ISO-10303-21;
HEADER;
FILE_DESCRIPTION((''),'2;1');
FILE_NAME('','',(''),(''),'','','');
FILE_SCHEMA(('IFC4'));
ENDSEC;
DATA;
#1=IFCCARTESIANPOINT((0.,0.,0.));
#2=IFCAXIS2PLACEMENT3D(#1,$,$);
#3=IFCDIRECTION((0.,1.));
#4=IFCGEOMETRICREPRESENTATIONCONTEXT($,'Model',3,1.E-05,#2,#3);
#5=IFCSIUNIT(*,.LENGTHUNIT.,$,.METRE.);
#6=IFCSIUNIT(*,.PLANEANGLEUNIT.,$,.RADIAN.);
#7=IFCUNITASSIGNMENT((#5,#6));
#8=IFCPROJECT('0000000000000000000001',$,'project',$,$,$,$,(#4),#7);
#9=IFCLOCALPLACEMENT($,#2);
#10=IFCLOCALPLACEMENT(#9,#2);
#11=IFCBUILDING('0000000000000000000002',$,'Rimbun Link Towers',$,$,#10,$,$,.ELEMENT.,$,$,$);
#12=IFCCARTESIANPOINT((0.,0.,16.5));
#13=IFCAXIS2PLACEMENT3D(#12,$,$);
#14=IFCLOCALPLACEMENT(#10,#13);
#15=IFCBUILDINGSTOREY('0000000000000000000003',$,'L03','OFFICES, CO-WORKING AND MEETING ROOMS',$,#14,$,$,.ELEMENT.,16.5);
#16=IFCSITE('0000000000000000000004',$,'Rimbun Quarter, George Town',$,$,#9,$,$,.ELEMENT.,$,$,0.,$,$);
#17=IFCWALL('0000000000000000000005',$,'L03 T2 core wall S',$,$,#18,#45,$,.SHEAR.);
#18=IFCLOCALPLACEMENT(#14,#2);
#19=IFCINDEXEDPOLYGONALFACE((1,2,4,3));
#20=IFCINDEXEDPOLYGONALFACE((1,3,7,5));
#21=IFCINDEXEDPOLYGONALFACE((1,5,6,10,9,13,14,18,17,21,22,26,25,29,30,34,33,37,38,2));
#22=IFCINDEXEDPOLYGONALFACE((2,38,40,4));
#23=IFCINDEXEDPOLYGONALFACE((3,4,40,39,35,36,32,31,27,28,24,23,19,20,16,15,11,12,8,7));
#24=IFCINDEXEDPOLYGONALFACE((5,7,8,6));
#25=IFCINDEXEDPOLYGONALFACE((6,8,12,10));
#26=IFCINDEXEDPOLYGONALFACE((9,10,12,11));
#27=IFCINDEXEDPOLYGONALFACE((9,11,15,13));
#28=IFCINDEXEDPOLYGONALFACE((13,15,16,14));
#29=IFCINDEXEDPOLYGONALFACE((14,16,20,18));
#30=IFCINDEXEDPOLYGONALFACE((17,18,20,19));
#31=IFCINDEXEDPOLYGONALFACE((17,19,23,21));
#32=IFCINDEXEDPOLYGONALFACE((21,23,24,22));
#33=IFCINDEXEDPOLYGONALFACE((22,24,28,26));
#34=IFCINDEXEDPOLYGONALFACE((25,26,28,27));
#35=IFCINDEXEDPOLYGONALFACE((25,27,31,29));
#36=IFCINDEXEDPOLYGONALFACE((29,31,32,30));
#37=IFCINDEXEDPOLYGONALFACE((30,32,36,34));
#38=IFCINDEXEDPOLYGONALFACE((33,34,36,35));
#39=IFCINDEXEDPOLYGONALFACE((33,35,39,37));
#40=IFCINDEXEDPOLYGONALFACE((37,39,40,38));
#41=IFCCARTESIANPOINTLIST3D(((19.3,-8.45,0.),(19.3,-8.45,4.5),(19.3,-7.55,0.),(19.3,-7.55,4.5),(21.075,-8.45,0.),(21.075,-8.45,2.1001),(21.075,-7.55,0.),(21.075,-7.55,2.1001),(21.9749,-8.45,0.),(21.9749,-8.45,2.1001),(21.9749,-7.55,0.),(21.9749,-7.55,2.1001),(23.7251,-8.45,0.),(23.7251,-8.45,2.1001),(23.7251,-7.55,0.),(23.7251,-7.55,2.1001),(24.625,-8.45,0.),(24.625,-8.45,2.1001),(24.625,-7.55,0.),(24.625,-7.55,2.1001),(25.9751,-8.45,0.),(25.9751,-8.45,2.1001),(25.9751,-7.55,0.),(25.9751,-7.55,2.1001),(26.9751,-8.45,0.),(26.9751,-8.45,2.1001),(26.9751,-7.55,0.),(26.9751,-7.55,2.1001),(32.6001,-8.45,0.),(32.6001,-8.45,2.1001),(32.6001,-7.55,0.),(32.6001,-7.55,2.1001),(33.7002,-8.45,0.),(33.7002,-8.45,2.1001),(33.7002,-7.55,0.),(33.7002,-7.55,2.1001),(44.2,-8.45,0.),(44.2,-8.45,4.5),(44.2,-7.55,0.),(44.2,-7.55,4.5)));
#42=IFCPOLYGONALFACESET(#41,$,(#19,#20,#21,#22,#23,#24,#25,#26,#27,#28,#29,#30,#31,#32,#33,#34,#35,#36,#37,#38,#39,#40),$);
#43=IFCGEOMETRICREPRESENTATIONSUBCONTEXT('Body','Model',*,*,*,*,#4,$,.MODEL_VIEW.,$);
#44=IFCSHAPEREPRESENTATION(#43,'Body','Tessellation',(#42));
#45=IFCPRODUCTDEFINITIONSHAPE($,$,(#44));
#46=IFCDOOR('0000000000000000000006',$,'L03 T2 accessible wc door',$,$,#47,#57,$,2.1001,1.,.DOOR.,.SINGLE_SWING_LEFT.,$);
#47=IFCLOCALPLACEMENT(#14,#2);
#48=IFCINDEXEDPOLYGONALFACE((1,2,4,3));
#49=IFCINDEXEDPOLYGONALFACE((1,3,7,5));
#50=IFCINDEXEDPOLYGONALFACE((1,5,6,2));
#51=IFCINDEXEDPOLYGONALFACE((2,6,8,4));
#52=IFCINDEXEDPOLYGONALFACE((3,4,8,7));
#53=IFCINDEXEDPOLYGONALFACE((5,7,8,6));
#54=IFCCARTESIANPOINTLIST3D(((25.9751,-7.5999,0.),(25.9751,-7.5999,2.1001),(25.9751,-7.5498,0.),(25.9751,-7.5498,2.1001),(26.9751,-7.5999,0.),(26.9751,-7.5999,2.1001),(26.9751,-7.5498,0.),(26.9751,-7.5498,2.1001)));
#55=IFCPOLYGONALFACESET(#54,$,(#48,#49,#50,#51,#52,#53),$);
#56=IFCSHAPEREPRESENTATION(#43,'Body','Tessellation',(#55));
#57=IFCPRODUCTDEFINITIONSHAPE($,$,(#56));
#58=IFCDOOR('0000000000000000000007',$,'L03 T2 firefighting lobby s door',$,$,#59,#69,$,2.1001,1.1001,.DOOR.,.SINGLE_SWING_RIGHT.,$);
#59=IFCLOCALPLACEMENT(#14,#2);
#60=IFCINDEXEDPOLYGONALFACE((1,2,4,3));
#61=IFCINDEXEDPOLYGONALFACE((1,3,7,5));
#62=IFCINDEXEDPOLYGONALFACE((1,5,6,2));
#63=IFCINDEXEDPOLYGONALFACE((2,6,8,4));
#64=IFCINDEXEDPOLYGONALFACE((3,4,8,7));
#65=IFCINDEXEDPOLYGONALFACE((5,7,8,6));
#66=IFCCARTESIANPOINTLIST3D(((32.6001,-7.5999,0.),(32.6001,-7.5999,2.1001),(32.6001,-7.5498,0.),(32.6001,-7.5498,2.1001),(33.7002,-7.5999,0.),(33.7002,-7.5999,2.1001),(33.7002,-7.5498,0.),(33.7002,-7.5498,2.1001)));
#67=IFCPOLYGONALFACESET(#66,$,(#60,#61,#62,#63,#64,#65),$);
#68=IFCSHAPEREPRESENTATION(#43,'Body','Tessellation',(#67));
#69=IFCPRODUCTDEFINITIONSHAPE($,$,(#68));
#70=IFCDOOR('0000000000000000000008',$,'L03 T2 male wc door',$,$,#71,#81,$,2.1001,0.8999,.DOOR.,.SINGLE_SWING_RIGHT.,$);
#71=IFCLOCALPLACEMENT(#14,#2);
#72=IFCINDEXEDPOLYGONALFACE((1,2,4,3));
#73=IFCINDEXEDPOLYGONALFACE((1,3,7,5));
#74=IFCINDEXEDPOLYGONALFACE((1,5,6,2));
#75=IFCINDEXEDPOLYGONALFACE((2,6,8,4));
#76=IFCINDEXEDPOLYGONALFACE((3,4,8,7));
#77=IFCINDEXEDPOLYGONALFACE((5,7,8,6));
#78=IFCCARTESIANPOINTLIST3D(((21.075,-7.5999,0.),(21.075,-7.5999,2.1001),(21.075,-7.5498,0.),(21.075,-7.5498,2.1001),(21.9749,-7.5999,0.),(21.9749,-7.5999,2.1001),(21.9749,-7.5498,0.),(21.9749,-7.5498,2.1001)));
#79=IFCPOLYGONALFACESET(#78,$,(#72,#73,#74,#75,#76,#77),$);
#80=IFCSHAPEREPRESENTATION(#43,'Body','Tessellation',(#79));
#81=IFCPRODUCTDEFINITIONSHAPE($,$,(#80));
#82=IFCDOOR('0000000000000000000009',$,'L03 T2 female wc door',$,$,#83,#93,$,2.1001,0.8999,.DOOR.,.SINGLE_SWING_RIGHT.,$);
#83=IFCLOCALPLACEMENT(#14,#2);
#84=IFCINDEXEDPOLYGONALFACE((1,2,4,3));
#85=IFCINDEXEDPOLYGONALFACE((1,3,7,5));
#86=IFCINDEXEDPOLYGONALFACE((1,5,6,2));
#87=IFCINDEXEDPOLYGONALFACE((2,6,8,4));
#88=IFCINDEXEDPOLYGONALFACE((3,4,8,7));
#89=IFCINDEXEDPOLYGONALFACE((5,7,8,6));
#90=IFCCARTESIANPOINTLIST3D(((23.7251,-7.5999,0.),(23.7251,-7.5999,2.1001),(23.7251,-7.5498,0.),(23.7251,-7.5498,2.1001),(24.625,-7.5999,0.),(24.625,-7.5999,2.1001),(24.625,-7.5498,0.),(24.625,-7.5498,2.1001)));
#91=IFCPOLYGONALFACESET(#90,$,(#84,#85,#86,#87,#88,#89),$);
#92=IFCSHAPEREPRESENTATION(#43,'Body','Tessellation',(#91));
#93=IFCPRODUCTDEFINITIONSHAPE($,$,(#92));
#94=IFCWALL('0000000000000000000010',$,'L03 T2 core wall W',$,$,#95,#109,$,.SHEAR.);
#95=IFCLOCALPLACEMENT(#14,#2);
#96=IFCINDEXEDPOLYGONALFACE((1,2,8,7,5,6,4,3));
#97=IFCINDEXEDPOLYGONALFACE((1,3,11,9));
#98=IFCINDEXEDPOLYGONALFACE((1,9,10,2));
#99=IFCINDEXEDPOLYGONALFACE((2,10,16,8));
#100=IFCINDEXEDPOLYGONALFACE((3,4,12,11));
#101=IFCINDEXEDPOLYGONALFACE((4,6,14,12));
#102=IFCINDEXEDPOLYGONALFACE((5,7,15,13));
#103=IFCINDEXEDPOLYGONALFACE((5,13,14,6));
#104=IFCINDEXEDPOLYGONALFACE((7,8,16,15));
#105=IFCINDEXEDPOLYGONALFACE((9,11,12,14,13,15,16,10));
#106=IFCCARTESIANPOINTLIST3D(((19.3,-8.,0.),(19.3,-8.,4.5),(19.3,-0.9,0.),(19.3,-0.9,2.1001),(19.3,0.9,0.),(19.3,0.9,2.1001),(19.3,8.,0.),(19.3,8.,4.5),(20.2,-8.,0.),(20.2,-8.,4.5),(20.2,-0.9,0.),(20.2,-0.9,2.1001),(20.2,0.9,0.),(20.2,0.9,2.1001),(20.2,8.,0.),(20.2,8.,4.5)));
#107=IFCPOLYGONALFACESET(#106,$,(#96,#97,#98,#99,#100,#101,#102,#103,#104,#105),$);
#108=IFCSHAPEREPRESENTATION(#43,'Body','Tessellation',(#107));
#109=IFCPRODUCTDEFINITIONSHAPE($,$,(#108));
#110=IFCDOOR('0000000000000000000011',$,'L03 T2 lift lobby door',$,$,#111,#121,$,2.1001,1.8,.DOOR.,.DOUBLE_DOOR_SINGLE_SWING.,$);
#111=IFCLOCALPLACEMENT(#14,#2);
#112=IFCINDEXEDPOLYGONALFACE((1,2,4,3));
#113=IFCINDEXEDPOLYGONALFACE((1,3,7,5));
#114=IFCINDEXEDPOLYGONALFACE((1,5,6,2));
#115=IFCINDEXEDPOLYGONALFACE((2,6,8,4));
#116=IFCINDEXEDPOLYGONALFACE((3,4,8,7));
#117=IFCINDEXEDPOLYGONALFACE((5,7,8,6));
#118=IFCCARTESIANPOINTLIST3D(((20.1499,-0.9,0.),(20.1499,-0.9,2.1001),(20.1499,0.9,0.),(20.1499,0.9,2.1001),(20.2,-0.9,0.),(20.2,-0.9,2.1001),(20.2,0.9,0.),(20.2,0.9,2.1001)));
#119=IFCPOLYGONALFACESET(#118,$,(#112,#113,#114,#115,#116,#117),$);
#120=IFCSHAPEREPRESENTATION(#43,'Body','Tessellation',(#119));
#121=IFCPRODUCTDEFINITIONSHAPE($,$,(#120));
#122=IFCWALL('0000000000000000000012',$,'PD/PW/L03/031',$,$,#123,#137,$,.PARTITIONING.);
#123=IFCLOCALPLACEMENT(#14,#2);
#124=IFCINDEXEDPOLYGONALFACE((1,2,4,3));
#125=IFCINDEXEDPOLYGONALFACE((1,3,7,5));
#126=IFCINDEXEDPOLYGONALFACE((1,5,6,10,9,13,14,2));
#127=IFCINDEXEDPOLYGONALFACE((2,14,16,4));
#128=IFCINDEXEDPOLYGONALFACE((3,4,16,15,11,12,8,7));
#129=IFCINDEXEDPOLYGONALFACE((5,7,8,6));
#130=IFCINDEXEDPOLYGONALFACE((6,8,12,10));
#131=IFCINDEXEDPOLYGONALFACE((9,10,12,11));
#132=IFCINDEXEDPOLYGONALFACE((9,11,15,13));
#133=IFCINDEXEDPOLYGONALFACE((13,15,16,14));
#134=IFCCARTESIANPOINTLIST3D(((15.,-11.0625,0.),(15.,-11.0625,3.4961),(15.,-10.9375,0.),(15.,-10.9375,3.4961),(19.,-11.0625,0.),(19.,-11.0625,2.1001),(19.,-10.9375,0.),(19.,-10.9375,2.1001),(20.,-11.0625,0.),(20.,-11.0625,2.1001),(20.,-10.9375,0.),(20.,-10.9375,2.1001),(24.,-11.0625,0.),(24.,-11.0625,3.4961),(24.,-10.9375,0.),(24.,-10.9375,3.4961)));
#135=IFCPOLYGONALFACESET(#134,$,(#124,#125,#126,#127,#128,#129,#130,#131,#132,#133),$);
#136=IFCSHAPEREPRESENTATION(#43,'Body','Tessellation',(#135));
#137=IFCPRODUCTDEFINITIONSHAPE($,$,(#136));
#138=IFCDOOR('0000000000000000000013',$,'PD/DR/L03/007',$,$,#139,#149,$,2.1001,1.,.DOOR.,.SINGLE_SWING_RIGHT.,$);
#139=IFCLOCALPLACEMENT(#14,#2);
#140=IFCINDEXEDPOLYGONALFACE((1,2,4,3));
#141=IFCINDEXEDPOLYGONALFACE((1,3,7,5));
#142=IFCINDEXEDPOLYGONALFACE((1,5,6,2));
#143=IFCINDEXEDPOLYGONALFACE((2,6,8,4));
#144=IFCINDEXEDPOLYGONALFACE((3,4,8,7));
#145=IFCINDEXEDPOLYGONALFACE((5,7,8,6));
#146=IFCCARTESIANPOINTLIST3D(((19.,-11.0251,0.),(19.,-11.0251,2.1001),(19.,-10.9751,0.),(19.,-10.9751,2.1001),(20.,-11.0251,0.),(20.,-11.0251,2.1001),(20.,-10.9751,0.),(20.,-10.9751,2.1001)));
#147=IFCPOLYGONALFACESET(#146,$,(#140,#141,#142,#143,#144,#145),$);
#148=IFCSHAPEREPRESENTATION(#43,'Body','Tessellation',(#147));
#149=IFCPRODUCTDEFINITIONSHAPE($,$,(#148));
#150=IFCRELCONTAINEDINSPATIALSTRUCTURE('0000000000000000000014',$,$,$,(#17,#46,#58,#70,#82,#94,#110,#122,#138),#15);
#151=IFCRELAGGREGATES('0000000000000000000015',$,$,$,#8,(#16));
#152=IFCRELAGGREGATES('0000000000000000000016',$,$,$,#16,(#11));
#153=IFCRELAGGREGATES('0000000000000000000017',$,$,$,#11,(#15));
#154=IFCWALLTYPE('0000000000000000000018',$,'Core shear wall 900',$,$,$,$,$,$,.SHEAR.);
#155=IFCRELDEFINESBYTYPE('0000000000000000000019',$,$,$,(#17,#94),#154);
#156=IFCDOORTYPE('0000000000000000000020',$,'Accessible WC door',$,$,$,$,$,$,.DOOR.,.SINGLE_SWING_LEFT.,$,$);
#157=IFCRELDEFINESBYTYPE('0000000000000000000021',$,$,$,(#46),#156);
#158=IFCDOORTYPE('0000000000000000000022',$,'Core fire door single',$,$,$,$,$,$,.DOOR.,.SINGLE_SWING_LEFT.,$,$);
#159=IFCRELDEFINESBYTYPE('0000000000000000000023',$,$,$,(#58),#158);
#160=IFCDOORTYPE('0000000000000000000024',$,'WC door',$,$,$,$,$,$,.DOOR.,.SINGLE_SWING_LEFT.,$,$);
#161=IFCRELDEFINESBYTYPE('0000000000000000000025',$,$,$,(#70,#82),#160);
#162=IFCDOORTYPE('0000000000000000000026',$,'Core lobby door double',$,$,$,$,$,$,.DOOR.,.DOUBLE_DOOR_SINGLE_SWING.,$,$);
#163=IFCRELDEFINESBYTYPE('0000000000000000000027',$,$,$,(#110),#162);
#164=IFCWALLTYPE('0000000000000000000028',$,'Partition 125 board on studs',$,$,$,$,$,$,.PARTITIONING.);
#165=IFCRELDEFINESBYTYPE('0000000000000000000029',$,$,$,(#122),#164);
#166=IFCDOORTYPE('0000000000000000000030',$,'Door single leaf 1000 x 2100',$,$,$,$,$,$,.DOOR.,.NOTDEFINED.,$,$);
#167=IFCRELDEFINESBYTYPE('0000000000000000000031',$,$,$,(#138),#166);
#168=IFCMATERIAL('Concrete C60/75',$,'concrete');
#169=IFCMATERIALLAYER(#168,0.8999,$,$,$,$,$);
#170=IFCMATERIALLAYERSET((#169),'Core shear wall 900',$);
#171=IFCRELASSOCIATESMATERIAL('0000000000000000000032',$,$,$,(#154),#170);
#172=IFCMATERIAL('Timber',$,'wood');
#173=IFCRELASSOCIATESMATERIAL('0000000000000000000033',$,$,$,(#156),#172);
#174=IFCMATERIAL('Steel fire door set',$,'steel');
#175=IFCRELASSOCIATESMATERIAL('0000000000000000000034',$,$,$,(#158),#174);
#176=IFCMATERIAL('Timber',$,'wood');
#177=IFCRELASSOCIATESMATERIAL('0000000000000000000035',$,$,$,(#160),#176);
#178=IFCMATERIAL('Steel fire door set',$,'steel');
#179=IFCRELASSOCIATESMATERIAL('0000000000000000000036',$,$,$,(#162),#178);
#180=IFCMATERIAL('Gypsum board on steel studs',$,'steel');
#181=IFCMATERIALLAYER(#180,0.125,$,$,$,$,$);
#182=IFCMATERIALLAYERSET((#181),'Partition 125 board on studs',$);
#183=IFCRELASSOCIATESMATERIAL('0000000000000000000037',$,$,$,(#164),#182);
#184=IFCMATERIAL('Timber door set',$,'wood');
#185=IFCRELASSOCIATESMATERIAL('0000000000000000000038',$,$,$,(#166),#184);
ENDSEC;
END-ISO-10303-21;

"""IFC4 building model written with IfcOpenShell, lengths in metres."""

from ifc_helpers import new_model, si_unit, direction, frame, frame_2d, origin, place, context, subcontext, project, spatial, rectangle, extrude, material, layer, layer_set, type_object, element, fill, save


model = new_model("IFC4")

# Units and contexts
model_context = context("Model", 3, precision=1e-05, world=origin(), true_north=direction((0.0, 1.0)))
body_context = subcontext(model_context, "Body", "Model", "MODEL_VIEW")
ifc_project = project(units=[si_unit("LENGTHUNIT", "METRE"), si_unit("PLANEANGLEUNIT", "RADIAN")], contexts=[model_context])

# Site, building, storey
site_placement = place(None, origin())
site = spatial("IfcSite", under=ifc_project, at=site_placement, Name="Rimbun Quarter, George Town", CompositionType="ELEMENT", RefElevation=0.0)
building_placement = place(site_placement, origin())
building = spatial("IfcBuilding", under=site, at=building_placement, Name="Rimbun Link Towers", CompositionType="ELEMENT")
storey_placement = place(building_placement, frame((0.0, 0.0, 16.5)))
storey = spatial("IfcBuildingStorey", under=building, at=storey_placement, Name="L03", Description="OFFICES, CO-WORKING AND MEETING ROOMS", CompositionType="ELEMENT", Elevation=16.5)

# Wall, openings, doors
ifc_material_1 = material(Name="Concrete C60/75", Category="concrete")
ifc_layer_1 = layer(ifc_material_1, 0.8999)
ifc_layer_set_1 = layer_set([ifc_layer_1], Name="Core shear wall 900")
wall_type_1 = type_object("IfcWallType", Name="Core shear wall 900", PredefinedType="SHEAR", material=ifc_layer_set_1)
wall_1_placement = place(storey_placement, frame((19.3, -8.0, 0.0), z_axis=(0.0, 0.0, 1.0), x_axis=(1.0, 0.0, 0.0)))
wall_1 = element("IfcWall", 1, at=wall_1_placement, inside=storey, type_object=wall_type_1, Name="L03 T2 core wall S", PredefinedType="SHEAR", context=body_context, shape_type="SweptSolid", body=[
    extrude(rectangle(XDim=24.8999, YDim=0.8999, at=frame_2d((12.45, 0.0))), origin(), (0.0, 0.0, 1.0), 4.5),
])
opening_1_placement = place(wall_1_placement, frame((13.3, 0.0, 0.0)))
opening_1 = element("IfcOpeningElement", 2, at=opening_1_placement, cuts=wall_1, PredefinedType="OPENING", context=body_context, shape_type="SweptSolid", body=[
    extrude(rectangle(XDim=1.1001, YDim=2.1001, at=frame_2d((0.55, 1.05))), frame((0.0, 0.46, 0.0), z_axis=(0.0, -1.0, 0.0), x_axis=(1.0, 0.0, 0.0)), (0.0, 0.0, 1.0), 0.9199),
])
opening_2_placement = place(wall_1_placement, frame((1.7749, 0.0, 0.0)))
opening_2 = element("IfcOpeningElement", 3, at=opening_2_placement, cuts=wall_1, PredefinedType="OPENING", context=body_context, shape_type="SweptSolid", body=[
    extrude(rectangle(XDim=0.8999, YDim=2.1001, at=frame_2d((0.45, 1.05))), frame((0.0, 0.46, 0.0), z_axis=(0.0, -1.0, 0.0), x_axis=(1.0, 0.0, 0.0)), (0.0, 0.0, 1.0), 0.9199),
])
opening_3_placement = place(wall_1_placement, frame((4.425, 0.0, 0.0)))
opening_3 = element("IfcOpeningElement", 4, at=opening_3_placement, cuts=wall_1, PredefinedType="OPENING", context=body_context, shape_type="SweptSolid", body=[
    extrude(rectangle(XDim=0.8999, YDim=2.1001, at=frame_2d((0.45, 1.05))), frame((0.0, 0.46, 0.0), z_axis=(0.0, -1.0, 0.0), x_axis=(1.0, 0.0, 0.0)), (0.0, 0.0, 1.0), 0.9199),
])
opening_4_placement = place(wall_1_placement, frame((6.675, 0.0, 0.0)))
opening_4 = element("IfcOpeningElement", 5, at=opening_4_placement, cuts=wall_1, PredefinedType="OPENING", context=body_context, shape_type="SweptSolid", body=[
    extrude(rectangle(XDim=1.0, YDim=2.1001, at=frame_2d((0.5, 1.05))), frame((0.0, 0.46, 0.0), z_axis=(0.0, -1.0, 0.0), x_axis=(1.0, 0.0, 0.0)), (0.0, 0.0, 1.0), 0.9199),
])
ifc_material_2 = material(Name="Timber", Category="wood")
door_type_1 = type_object("IfcDoorType", Name="Accessible WC door", OperationType="SINGLE_SWING_LEFT", PredefinedType="DOOR", material=ifc_material_2)
door_1_placement = place(opening_4_placement, origin())
door_1 = element("IfcDoor", 6, at=door_1_placement, inside=storey, type_object=door_type_1, Name="L03 T2 accessible wc door", OperationType="SINGLE_SWING_LEFT", OverallHeight=2.1001, OverallWidth=1.0, PredefinedType="DOOR", context=body_context, shape_type="SweptSolid", body=[
    extrude(rectangle(XDim=1.0, YDim=2.1001, at=frame_2d((0.5, 1.05))), frame((0.0, 0.4502, 0.0), z_axis=(0.0, -1.0, 0.0), x_axis=(1.0, 0.0, 0.0)), (0.0, 0.0, 1.0), 0.05),
])
fill(opening_4, door_1)
ifc_material_3 = material(Name="Steel fire door set", Category="steel")
door_type_2 = type_object("IfcDoorType", Name="Core fire door single", OperationType="SINGLE_SWING_LEFT", PredefinedType="DOOR", material=ifc_material_3)
door_2_placement = place(opening_1_placement, origin())
door_2 = element("IfcDoor", 7, at=door_2_placement, inside=storey, type_object=door_type_2, Name="L03 T2 firefighting lobby s door", OperationType="SINGLE_SWING_RIGHT", OverallHeight=2.1001, OverallWidth=1.1001, PredefinedType="DOOR", context=body_context, shape_type="SweptSolid", body=[
    extrude(rectangle(XDim=1.1001, YDim=2.1001, at=frame_2d((0.55, 1.05))), frame((0.0, 0.4502, 0.0), z_axis=(0.0, -1.0, 0.0), x_axis=(1.0, 0.0, 0.0)), (0.0, 0.0, 1.0), 0.05),
])
fill(opening_1, door_2)
ifc_material_4 = material(Name="Timber", Category="wood")
door_type_3 = type_object("IfcDoorType", Name="WC door", OperationType="SINGLE_SWING_LEFT", PredefinedType="DOOR", material=ifc_material_4)
door_3_placement = place(opening_2_placement, origin())
door_3 = element("IfcDoor", 8, at=door_3_placement, inside=storey, type_object=door_type_3, Name="L03 T2 male wc door", OperationType="SINGLE_SWING_RIGHT", OverallHeight=2.1001, OverallWidth=0.8999, PredefinedType="DOOR", context=body_context, shape_type="SweptSolid", body=[
    extrude(rectangle(XDim=0.8999, YDim=2.1001, at=frame_2d((0.45, 1.05))), frame((0.0, 0.4502, 0.0), z_axis=(0.0, -1.0, 0.0), x_axis=(1.0, 0.0, 0.0)), (0.0, 0.0, 1.0), 0.05),
])
fill(opening_2, door_3)
door_4_placement = place(opening_3_placement, origin())
door_4 = element("IfcDoor", 9, at=door_4_placement, inside=storey, type_object=door_type_3, Name="L03 T2 female wc door", OperationType="SINGLE_SWING_RIGHT", OverallHeight=2.1001, OverallWidth=0.8999, PredefinedType="DOOR", context=body_context, shape_type="SweptSolid", body=[
    extrude(rectangle(XDim=0.8999, YDim=2.1001, at=frame_2d((0.45, 1.05))), frame((0.0, 0.4502, 0.0), z_axis=(0.0, -1.0, 0.0), x_axis=(1.0, 0.0, 0.0)), (0.0, 0.0, 1.0), 0.05),
])
fill(opening_3, door_4)

# Walls, openings, doors
wall_2_placement = place(storey_placement, frame((19.75, -8.0, 0.0), z_axis=(0.0, 0.0, 1.0), x_axis=(0.0, 1.0, 0.0)))
wall_2 = element("IfcWall", 10, at=wall_2_placement, inside=storey, type_object=wall_type_1, Name="L03 T2 core wall W", PredefinedType="SHEAR", context=body_context, shape_type="SweptSolid", body=[
    extrude(rectangle(XDim=16.0, YDim=0.8999, at=frame_2d((8.0, 0.0))), origin(), (0.0, 0.0, 1.0), 4.5),
])
opening_5_placement = place(wall_2_placement, frame((7.1001, 0.0, 0.0)))
opening_5 = element("IfcOpeningElement", 11, at=opening_5_placement, cuts=wall_2, PredefinedType="OPENING", context=body_context, shape_type="SweptSolid", body=[
    extrude(rectangle(XDim=1.8, YDim=2.1001, at=frame_2d((0.8999, 1.05))), frame((0.0, 0.46, 0.0), z_axis=(0.0, -1.0, 0.0), x_axis=(1.0, 0.0, 0.0)), (0.0, 0.0, 1.0), 0.9199),
])
ifc_material_5 = material(Name="Steel fire door set", Category="steel")
door_type_4 = type_object("IfcDoorType", Name="Core lobby door double", OperationType="DOUBLE_DOOR_SINGLE_SWING", PredefinedType="DOOR", material=ifc_material_5)
door_5_placement = place(opening_5_placement, origin())
door_5 = element("IfcDoor", 12, at=door_5_placement, inside=storey, type_object=door_type_4, Name="L03 T2 lift lobby door", OperationType="DOUBLE_DOOR_SINGLE_SWING", OverallHeight=2.1001, OverallWidth=1.8, PredefinedType="DOOR", context=body_context, shape_type="SweptSolid", body=[
    extrude(rectangle(XDim=1.8, YDim=2.1001, at=frame_2d((0.8999, 1.05))), frame((0.0, -0.3999, 0.0), z_axis=(0.0, -1.0, 0.0), x_axis=(1.0, 0.0, 0.0)), (0.0, 0.0, 1.0), 0.05),
])
fill(opening_5, door_5)
ifc_material_6 = material(Name="Gypsum board on steel studs", Category="steel")
ifc_layer_2 = layer(ifc_material_6, 0.125)
ifc_layer_set_2 = layer_set([ifc_layer_2], Name="Partition 125 board on studs")
wall_type_2 = type_object("IfcWallType", Name="Partition 125 board on studs", PredefinedType="PARTITIONING", material=ifc_layer_set_2)
wall_3_placement = place(storey_placement, frame((15.0, -11.0, 0.0), z_axis=(0.0, 0.0, 1.0), x_axis=(1.0, 0.0, 0.0)))
wall_3 = element("IfcWall", 13, at=wall_3_placement, inside=storey, type_object=wall_type_2, Name="PD/PW/L03/031", PredefinedType="PARTITIONING", context=body_context, shape_type="SweptSolid", body=[
    extrude(rectangle(XDim=9.0, YDim=0.125, at=frame_2d((4.5, 0.0))), origin(), (0.0, 0.0, 1.0), 3.4961),
])
opening_6_placement = place(wall_3_placement, frame((4.0, 0.0, 0.0)))
opening_6 = element("IfcOpeningElement", 14, at=opening_6_placement, cuts=wall_3, PredefinedType="OPENING", context=body_context, shape_type="SweptSolid", body=[
    extrude(rectangle(XDim=1.0, YDim=2.1001, at=frame_2d((0.5, 1.05))), frame((0.0, 0.0725, 0.0), z_axis=(0.0, -1.0, 0.0), x_axis=(1.0, 0.0, 0.0)), (0.0, 0.0, 1.0), 0.145),
])
ifc_material_7 = material(Name="Timber door set", Category="wood")
door_type_5 = type_object("IfcDoorType", Name="Door single leaf 1000 x 2100", OperationType="NOTDEFINED", PredefinedType="DOOR", material=ifc_material_7)
door_6_placement = place(opening_6_placement, origin())
door_6 = element("IfcDoor", 15, at=door_6_placement, inside=storey, type_object=door_type_5, Name="PD/DR/L03/007", OperationType="SINGLE_SWING_RIGHT", OverallHeight=2.1001, OverallWidth=1.0, PredefinedType="DOOR", context=body_context, shape_type="SweptSolid", body=[
    extrude(rectangle(XDim=1.0, YDim=2.1001, at=frame_2d((0.5, 1.05))), frame((0.0, 0.0249, 0.0), z_axis=(0.0, -1.0, 0.0), x_axis=(1.0, 0.0, 0.0)), (0.0, 0.0, 1.0), 0.05),
])
fill(opening_6, door_6)

save(model, "model.ifc")
